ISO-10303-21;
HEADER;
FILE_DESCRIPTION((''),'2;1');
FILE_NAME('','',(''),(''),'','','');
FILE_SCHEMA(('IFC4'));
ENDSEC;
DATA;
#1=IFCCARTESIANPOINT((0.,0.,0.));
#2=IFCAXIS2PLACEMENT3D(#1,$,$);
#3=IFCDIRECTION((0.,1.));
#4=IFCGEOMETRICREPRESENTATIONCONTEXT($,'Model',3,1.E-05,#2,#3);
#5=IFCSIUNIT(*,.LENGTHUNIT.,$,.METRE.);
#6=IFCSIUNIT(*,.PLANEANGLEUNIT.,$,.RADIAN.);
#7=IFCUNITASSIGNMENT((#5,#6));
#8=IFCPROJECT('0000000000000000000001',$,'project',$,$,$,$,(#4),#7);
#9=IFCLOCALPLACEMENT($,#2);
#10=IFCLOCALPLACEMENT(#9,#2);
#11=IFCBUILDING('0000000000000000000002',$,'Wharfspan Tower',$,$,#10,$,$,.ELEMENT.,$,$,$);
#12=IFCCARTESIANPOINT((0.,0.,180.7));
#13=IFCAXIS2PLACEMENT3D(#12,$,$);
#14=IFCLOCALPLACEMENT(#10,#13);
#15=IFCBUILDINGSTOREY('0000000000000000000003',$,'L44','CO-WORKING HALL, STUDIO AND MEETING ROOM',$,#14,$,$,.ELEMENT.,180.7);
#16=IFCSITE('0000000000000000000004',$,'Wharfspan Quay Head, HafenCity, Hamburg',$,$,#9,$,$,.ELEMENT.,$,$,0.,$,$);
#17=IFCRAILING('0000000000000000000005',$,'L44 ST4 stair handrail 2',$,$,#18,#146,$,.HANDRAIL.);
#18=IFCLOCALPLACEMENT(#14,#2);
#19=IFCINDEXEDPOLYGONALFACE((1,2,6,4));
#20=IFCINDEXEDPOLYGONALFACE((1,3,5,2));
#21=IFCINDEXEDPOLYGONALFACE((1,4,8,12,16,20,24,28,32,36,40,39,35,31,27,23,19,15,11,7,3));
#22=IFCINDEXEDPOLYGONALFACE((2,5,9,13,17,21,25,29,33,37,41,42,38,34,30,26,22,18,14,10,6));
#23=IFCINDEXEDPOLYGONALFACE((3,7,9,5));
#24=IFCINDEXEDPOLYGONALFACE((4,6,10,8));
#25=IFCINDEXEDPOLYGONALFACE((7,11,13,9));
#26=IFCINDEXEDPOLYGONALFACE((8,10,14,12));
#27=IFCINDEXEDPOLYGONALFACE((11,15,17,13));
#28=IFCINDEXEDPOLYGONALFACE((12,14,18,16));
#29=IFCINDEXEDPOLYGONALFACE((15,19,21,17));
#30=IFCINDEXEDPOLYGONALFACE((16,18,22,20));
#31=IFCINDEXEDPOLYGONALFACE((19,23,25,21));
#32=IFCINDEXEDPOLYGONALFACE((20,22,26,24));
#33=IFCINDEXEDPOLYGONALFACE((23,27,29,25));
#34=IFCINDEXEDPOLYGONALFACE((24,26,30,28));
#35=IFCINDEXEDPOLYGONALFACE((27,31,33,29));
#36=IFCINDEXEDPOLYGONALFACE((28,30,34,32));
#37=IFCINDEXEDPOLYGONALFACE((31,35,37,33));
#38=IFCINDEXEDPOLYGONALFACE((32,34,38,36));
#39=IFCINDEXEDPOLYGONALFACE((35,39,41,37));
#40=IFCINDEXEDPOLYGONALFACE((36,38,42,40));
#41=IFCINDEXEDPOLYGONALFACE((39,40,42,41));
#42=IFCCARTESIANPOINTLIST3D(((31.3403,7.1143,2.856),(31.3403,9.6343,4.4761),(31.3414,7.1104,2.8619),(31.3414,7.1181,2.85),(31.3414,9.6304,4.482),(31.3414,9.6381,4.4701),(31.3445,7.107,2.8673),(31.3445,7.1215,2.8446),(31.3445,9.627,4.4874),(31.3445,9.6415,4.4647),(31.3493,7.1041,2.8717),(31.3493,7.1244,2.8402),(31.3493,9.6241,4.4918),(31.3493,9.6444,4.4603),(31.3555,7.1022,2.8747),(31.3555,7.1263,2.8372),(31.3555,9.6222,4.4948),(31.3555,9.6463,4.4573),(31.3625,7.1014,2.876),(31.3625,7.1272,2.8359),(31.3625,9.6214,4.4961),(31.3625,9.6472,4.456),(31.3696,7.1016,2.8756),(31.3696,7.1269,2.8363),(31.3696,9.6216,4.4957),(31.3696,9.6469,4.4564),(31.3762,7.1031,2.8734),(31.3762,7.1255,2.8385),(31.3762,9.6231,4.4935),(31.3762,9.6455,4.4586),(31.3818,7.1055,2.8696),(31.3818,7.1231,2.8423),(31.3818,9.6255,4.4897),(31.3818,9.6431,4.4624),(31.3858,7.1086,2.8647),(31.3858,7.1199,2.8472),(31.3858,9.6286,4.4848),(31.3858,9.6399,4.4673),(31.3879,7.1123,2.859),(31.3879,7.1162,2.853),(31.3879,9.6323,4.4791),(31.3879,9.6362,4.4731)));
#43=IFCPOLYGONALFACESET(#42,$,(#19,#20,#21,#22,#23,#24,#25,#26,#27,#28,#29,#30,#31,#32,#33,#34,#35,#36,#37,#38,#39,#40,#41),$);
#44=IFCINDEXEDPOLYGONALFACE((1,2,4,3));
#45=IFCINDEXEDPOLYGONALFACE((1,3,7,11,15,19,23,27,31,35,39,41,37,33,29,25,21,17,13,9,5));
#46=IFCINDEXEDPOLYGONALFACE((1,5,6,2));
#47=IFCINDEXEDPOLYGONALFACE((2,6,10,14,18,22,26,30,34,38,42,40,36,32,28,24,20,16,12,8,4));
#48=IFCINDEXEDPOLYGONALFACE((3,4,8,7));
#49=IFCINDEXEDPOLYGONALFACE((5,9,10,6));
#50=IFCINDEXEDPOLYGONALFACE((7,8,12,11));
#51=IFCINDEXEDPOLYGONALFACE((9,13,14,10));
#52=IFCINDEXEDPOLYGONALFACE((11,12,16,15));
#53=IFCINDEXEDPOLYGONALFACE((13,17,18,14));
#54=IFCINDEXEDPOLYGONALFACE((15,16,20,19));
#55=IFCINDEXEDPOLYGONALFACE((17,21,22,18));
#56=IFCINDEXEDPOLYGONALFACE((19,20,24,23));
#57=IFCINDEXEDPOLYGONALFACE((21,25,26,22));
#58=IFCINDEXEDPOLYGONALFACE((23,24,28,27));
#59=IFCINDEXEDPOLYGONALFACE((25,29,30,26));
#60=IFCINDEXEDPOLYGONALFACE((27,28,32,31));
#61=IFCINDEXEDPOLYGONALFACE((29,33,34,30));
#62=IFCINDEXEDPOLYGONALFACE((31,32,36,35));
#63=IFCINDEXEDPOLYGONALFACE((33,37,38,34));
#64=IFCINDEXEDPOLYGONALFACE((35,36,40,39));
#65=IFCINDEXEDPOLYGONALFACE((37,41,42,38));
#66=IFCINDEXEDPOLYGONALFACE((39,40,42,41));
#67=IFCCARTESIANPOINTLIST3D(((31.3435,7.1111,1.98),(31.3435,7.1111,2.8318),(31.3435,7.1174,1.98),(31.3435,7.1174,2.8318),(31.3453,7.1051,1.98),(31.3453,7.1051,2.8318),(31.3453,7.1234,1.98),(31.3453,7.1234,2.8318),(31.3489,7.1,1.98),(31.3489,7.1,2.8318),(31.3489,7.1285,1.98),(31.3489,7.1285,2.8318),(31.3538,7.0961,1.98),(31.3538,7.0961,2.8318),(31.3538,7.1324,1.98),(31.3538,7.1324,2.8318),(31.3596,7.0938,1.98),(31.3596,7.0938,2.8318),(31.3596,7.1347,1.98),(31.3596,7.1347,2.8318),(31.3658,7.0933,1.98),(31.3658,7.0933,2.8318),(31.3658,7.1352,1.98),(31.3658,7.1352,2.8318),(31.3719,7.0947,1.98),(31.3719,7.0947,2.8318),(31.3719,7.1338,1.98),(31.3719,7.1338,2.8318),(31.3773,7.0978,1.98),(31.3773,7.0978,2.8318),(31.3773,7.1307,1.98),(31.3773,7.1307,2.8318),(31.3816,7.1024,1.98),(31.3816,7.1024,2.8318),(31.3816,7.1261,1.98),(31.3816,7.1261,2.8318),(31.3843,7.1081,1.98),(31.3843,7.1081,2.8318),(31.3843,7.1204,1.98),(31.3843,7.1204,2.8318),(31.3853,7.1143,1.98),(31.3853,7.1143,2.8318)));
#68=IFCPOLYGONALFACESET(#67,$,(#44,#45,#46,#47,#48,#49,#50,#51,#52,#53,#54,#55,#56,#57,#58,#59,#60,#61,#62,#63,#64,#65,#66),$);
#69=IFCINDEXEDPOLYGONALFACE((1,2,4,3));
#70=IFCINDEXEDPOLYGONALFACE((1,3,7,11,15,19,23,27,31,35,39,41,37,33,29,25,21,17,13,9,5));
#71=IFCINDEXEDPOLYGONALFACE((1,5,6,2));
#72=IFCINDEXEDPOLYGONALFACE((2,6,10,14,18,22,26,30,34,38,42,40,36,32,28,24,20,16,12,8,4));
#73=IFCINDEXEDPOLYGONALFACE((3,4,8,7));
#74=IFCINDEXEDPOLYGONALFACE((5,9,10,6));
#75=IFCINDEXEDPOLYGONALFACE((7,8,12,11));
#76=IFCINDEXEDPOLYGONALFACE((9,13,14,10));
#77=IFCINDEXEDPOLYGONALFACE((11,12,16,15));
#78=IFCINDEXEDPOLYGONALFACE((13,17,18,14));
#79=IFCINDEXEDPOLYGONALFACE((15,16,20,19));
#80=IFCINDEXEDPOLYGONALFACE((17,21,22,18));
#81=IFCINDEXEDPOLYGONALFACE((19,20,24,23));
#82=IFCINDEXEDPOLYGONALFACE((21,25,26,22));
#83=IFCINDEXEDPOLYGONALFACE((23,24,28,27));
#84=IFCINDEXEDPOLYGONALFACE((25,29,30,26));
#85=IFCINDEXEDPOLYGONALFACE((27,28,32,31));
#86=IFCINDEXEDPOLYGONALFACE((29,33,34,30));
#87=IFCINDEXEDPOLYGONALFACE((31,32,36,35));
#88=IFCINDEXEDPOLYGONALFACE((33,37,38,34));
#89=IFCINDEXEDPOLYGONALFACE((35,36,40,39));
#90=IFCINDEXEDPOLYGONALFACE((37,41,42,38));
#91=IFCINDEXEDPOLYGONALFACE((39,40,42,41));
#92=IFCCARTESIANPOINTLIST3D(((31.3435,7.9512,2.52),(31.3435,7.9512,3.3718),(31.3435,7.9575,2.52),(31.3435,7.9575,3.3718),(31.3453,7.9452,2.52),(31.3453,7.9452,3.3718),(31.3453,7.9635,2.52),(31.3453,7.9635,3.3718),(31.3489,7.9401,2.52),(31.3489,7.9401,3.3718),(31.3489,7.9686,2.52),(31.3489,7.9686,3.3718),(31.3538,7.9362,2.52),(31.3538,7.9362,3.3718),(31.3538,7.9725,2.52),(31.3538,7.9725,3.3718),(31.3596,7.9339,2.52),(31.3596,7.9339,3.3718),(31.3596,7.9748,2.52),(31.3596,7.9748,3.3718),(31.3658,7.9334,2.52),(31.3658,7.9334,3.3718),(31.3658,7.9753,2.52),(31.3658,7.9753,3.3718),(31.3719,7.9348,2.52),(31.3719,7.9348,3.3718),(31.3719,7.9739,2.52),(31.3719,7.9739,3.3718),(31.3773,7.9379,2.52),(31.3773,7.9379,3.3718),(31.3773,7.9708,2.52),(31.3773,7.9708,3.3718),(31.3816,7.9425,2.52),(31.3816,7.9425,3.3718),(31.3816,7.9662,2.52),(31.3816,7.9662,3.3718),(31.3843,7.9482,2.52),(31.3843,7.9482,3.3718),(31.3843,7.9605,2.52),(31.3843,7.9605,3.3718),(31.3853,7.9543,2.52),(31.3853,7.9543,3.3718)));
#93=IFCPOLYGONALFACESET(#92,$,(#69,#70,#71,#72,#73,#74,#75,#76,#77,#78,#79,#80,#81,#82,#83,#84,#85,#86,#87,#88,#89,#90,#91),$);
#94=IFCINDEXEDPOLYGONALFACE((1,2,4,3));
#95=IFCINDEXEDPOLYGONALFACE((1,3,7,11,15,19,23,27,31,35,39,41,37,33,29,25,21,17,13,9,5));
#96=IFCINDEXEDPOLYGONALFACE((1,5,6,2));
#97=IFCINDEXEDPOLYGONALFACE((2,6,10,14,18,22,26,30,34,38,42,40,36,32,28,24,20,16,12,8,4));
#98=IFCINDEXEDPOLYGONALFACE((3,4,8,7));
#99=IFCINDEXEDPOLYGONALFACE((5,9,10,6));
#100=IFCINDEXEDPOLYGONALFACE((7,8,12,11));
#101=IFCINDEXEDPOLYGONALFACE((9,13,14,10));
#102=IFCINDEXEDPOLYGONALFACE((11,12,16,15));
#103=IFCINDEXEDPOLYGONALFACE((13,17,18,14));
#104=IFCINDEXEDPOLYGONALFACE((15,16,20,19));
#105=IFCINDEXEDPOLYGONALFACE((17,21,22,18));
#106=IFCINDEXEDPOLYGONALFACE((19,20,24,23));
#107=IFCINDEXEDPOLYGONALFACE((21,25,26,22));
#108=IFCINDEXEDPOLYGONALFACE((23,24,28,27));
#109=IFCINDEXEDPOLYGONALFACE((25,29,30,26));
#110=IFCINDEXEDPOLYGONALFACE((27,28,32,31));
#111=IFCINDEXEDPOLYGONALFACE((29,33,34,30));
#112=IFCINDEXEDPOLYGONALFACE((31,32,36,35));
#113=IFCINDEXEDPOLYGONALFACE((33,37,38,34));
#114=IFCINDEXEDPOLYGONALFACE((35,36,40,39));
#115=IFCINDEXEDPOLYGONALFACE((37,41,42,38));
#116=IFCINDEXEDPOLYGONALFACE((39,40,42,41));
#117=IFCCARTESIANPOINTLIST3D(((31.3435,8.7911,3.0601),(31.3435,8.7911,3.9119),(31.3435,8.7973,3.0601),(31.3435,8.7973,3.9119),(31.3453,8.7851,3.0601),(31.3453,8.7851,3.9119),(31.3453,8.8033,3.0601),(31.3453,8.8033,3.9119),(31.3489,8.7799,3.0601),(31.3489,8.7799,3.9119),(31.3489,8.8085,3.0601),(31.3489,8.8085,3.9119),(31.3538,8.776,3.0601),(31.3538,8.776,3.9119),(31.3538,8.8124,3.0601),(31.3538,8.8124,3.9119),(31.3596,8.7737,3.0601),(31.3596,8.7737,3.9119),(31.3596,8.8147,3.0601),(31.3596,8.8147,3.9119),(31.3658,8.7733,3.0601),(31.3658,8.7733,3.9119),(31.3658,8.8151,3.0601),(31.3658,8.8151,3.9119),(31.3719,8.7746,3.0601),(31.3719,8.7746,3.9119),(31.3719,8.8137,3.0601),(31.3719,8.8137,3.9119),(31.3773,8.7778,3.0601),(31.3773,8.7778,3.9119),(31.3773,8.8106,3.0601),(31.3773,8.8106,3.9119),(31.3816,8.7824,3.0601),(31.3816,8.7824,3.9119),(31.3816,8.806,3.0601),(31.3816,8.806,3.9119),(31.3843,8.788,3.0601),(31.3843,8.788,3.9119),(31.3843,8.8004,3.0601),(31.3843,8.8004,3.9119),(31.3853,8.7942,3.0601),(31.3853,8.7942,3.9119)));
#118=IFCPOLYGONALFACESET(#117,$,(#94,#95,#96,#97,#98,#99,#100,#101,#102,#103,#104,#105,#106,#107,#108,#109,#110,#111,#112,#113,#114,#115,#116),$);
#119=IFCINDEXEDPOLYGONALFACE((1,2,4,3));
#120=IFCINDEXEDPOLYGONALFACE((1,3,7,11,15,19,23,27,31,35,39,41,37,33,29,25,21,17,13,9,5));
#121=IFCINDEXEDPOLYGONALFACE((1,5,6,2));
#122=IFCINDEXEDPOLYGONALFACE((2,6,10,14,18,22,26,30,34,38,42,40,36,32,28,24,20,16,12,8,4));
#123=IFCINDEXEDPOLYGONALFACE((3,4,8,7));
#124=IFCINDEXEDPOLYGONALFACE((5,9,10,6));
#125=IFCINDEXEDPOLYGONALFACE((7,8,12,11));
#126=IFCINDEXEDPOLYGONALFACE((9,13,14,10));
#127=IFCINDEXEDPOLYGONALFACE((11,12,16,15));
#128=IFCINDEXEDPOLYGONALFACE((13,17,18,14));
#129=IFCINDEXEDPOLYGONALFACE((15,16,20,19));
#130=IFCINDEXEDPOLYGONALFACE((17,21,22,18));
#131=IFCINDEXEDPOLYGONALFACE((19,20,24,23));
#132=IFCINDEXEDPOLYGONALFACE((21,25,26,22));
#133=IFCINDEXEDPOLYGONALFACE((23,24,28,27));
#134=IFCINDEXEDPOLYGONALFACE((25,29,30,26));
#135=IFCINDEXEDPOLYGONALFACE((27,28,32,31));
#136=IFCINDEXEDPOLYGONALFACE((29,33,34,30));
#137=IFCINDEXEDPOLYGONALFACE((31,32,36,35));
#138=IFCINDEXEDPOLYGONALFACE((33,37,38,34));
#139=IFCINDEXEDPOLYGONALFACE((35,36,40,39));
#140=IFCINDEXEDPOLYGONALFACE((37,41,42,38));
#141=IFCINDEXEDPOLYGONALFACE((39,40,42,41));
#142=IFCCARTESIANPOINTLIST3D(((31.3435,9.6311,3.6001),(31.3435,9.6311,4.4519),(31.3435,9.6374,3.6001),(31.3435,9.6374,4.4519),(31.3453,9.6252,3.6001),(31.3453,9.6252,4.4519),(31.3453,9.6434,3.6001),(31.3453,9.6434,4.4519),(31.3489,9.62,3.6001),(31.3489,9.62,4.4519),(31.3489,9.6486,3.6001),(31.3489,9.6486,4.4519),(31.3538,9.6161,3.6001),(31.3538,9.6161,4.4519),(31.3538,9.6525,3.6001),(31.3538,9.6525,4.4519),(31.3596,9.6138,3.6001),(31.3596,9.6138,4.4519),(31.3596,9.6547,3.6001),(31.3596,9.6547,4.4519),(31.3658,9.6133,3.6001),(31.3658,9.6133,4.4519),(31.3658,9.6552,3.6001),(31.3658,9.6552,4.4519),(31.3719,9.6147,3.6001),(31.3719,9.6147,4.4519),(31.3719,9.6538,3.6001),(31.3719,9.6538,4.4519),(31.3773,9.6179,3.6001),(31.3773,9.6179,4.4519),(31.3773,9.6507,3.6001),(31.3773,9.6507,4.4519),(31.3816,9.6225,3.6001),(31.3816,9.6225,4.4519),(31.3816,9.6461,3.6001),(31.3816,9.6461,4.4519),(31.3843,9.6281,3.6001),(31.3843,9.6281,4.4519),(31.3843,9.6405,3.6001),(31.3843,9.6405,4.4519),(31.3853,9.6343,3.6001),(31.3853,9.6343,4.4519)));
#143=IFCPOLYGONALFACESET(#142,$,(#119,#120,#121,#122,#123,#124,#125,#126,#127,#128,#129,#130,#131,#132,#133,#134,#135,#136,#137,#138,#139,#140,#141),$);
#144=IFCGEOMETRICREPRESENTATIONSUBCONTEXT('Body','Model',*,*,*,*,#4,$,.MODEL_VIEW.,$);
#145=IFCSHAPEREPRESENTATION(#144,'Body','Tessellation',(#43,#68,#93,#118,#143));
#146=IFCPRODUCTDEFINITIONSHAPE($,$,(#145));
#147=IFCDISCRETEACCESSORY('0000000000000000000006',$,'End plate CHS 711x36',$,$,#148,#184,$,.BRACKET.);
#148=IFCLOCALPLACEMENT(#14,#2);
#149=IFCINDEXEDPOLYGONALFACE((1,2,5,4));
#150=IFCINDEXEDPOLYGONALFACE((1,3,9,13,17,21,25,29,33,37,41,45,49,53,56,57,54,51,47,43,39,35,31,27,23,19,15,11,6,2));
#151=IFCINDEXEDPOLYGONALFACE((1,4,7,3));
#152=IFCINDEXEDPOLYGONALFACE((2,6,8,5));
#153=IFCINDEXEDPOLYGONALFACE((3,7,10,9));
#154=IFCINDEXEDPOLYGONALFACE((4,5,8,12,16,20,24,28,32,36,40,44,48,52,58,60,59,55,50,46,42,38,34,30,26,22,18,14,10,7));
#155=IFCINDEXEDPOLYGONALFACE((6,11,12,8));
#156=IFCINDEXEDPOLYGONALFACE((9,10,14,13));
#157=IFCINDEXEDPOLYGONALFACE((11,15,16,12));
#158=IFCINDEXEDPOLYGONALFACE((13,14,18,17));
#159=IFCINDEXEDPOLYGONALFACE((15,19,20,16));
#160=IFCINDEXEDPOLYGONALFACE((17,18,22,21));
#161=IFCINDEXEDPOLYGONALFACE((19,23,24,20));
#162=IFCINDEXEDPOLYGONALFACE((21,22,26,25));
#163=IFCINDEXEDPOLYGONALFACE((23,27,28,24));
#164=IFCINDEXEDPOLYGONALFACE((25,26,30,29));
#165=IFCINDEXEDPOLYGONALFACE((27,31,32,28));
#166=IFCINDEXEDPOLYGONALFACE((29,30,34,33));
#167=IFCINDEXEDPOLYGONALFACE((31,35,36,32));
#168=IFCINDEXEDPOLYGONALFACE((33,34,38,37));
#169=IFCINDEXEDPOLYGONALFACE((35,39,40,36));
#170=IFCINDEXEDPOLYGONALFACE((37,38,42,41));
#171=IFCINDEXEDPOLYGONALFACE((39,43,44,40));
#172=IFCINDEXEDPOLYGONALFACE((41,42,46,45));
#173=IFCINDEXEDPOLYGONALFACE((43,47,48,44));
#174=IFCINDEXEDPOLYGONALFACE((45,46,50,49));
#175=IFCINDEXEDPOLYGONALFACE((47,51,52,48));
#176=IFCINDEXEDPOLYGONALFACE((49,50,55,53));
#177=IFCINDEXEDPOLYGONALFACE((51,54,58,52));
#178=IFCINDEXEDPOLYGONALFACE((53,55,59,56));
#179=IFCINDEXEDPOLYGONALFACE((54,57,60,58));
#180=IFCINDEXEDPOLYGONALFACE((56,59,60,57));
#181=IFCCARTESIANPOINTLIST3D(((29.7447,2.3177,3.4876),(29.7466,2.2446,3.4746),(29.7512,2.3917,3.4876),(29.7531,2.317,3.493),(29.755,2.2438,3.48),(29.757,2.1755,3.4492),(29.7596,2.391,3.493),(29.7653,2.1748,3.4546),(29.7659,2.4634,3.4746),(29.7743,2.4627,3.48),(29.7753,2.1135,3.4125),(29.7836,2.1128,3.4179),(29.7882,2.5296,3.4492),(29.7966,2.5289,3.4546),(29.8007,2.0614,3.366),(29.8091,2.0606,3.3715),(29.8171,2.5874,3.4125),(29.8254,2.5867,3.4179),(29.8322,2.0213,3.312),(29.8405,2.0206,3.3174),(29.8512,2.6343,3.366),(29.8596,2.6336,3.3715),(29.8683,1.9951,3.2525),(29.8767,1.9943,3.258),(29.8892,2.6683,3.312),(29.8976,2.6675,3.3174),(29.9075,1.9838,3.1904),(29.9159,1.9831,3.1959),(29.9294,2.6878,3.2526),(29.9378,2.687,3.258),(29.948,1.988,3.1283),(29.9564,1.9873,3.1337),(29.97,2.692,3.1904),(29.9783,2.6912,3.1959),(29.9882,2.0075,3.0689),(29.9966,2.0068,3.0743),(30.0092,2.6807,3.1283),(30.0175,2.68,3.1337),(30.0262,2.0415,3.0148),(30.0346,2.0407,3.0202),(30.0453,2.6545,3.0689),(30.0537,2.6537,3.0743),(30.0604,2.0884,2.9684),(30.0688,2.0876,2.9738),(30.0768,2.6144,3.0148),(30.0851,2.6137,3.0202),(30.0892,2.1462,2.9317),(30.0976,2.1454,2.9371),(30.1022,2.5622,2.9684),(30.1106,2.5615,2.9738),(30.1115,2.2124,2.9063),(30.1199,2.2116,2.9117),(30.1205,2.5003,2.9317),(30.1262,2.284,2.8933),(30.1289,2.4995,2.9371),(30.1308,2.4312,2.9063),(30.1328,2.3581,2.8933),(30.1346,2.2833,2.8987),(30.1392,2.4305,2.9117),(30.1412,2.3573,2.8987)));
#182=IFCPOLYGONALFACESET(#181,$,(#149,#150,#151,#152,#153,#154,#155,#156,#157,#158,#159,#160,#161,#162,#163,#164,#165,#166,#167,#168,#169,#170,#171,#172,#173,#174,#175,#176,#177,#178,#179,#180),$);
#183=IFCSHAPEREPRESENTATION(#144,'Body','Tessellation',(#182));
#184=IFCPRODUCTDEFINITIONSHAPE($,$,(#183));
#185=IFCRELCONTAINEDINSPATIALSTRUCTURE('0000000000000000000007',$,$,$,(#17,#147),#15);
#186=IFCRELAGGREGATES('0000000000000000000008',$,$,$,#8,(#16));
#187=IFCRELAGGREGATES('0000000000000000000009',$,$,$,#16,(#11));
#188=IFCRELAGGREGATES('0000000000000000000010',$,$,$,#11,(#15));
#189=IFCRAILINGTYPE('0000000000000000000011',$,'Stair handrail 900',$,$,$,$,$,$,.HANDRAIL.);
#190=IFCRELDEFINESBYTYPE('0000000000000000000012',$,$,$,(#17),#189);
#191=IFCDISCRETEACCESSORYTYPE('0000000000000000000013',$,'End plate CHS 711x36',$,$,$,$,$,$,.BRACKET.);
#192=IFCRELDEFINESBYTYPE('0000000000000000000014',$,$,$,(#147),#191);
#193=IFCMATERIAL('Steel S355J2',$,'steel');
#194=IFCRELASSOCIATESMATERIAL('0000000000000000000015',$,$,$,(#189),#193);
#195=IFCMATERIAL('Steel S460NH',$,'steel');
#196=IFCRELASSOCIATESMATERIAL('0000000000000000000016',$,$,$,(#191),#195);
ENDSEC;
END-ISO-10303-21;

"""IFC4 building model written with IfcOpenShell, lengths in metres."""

from ifc_helpers import new_model, si_unit, direction, frame, origin, origin_2d, place, context, subcontext, project, spatial, circle, extrude, material, material_profile, profile_set, type_object, element, save


model = new_model("IFC4")

# Units and contexts
model_context = context("Model", 3, precision=1e-05, world=origin(), true_north=direction((0.0, 1.0)))
body_context = subcontext(model_context, "Body", "Model", "MODEL_VIEW")
ifc_project = project(units=[si_unit("LENGTHUNIT", "METRE"), si_unit("PLANEANGLEUNIT", "RADIAN")], contexts=[model_context])

# Site, building, storey
site_placement = place(None, origin())
site = spatial("IfcSite", under=ifc_project, at=site_placement, Name="Wharfspan Quay Head, HafenCity, Hamburg", CompositionType="ELEMENT", RefElevation=0.0)
building_placement = place(site_placement, origin())
building = spatial("IfcBuilding", under=site, at=building_placement, Name="Wharfspan Tower", CompositionType="ELEMENT")
storey_placement = place(building_placement, frame((0.0, 0.0, 180.7)))
storey = spatial("IfcBuildingStorey", under=building, at=storey_placement, Name="L44", Description="CO-WORKING HALL, STUDIO AND MEETING ROOM", CompositionType="ELEMENT", Elevation=180.7)

# Shared definitions
ifc_material_1 = material(Name="Steel S355J2", Category="steel")

# Shared definitions
ifc_material_2 = material(Name="Steel S460NH", Category="steel")

# Railing
railing_type_1 = type_object("IfcRailingType", Name="Stair handrail 900", PredefinedType="HANDRAIL", material=ifc_material_1)
railing_1_placement = place(storey_placement, frame((31.3643, 7.1143, 1.98)))
element("IfcRailing", 1, at=railing_1_placement, inside=storey, type_object=railing_type_1, Name="L44 ST4 stair handrail 2", PredefinedType="HANDRAIL", context=body_context, shape_type="SweptSolid", body=[
    extrude(circle(Radius=0.0239, at=origin_2d()), frame((0.0, 0.0, 0.876), z_axis=(0.0, 0.841163, 0.540782), x_axis=(-1.0, 0.0, 0.0)), (0.0, 0.0, 1.0), 2.9958),
    extrude(circle(Radius=0.021, at=origin_2d()), origin(), (0.0, 0.0, 1.0), 0.8518),
    extrude(circle(Radius=0.021, at=origin_2d()), frame((0.0, 0.8401, 0.54)), (0.0, 0.0, 1.0), 0.8518),
    extrude(circle(Radius=0.021, at=origin_2d()), frame((0.0, 1.6799, 1.0801)), (0.0, 0.0, 1.0), 0.8518),
    extrude(circle(Radius=0.021, at=origin_2d()), frame((0.0, 2.52, 1.6201)), (0.0, 0.0, 1.0), 0.8518),
])

# Discrete accessory
ifc_material_profile_1 = material_profile(ifc_material_2, circle(Radius=0.3555, at=origin_2d()))
ifc_profile_set_1 = profile_set([ifc_material_profile_1], Name="Steel S460NH")
discrete_accessory_type = type_object("IfcDiscreteAccessoryType", Name="End plate CHS 711x36", PredefinedType="BRACKET", material=ifc_profile_set_1)
discrete_accessory_1_placement = place(storey_placement, frame((29.9387, 2.3379, 3.1904), z_axis=(0.837276, -0.073877, 0.541767), x_axis=(0.087893, 0.996132, 0.000001)))
element("IfcDiscreteAccessory", 2, at=discrete_accessory_1_placement, inside=storey, type_object=discrete_accessory_type, Name="End plate CHS 711x36", PredefinedType="BRACKET", context=body_context, shape_type="SweptSolid", body=[
    extrude(circle(Radius=0.3555, at=origin_2d()), origin(), (0.0, 0.0, 1.0), 0.01),
])

save(model, "model.ifc")
